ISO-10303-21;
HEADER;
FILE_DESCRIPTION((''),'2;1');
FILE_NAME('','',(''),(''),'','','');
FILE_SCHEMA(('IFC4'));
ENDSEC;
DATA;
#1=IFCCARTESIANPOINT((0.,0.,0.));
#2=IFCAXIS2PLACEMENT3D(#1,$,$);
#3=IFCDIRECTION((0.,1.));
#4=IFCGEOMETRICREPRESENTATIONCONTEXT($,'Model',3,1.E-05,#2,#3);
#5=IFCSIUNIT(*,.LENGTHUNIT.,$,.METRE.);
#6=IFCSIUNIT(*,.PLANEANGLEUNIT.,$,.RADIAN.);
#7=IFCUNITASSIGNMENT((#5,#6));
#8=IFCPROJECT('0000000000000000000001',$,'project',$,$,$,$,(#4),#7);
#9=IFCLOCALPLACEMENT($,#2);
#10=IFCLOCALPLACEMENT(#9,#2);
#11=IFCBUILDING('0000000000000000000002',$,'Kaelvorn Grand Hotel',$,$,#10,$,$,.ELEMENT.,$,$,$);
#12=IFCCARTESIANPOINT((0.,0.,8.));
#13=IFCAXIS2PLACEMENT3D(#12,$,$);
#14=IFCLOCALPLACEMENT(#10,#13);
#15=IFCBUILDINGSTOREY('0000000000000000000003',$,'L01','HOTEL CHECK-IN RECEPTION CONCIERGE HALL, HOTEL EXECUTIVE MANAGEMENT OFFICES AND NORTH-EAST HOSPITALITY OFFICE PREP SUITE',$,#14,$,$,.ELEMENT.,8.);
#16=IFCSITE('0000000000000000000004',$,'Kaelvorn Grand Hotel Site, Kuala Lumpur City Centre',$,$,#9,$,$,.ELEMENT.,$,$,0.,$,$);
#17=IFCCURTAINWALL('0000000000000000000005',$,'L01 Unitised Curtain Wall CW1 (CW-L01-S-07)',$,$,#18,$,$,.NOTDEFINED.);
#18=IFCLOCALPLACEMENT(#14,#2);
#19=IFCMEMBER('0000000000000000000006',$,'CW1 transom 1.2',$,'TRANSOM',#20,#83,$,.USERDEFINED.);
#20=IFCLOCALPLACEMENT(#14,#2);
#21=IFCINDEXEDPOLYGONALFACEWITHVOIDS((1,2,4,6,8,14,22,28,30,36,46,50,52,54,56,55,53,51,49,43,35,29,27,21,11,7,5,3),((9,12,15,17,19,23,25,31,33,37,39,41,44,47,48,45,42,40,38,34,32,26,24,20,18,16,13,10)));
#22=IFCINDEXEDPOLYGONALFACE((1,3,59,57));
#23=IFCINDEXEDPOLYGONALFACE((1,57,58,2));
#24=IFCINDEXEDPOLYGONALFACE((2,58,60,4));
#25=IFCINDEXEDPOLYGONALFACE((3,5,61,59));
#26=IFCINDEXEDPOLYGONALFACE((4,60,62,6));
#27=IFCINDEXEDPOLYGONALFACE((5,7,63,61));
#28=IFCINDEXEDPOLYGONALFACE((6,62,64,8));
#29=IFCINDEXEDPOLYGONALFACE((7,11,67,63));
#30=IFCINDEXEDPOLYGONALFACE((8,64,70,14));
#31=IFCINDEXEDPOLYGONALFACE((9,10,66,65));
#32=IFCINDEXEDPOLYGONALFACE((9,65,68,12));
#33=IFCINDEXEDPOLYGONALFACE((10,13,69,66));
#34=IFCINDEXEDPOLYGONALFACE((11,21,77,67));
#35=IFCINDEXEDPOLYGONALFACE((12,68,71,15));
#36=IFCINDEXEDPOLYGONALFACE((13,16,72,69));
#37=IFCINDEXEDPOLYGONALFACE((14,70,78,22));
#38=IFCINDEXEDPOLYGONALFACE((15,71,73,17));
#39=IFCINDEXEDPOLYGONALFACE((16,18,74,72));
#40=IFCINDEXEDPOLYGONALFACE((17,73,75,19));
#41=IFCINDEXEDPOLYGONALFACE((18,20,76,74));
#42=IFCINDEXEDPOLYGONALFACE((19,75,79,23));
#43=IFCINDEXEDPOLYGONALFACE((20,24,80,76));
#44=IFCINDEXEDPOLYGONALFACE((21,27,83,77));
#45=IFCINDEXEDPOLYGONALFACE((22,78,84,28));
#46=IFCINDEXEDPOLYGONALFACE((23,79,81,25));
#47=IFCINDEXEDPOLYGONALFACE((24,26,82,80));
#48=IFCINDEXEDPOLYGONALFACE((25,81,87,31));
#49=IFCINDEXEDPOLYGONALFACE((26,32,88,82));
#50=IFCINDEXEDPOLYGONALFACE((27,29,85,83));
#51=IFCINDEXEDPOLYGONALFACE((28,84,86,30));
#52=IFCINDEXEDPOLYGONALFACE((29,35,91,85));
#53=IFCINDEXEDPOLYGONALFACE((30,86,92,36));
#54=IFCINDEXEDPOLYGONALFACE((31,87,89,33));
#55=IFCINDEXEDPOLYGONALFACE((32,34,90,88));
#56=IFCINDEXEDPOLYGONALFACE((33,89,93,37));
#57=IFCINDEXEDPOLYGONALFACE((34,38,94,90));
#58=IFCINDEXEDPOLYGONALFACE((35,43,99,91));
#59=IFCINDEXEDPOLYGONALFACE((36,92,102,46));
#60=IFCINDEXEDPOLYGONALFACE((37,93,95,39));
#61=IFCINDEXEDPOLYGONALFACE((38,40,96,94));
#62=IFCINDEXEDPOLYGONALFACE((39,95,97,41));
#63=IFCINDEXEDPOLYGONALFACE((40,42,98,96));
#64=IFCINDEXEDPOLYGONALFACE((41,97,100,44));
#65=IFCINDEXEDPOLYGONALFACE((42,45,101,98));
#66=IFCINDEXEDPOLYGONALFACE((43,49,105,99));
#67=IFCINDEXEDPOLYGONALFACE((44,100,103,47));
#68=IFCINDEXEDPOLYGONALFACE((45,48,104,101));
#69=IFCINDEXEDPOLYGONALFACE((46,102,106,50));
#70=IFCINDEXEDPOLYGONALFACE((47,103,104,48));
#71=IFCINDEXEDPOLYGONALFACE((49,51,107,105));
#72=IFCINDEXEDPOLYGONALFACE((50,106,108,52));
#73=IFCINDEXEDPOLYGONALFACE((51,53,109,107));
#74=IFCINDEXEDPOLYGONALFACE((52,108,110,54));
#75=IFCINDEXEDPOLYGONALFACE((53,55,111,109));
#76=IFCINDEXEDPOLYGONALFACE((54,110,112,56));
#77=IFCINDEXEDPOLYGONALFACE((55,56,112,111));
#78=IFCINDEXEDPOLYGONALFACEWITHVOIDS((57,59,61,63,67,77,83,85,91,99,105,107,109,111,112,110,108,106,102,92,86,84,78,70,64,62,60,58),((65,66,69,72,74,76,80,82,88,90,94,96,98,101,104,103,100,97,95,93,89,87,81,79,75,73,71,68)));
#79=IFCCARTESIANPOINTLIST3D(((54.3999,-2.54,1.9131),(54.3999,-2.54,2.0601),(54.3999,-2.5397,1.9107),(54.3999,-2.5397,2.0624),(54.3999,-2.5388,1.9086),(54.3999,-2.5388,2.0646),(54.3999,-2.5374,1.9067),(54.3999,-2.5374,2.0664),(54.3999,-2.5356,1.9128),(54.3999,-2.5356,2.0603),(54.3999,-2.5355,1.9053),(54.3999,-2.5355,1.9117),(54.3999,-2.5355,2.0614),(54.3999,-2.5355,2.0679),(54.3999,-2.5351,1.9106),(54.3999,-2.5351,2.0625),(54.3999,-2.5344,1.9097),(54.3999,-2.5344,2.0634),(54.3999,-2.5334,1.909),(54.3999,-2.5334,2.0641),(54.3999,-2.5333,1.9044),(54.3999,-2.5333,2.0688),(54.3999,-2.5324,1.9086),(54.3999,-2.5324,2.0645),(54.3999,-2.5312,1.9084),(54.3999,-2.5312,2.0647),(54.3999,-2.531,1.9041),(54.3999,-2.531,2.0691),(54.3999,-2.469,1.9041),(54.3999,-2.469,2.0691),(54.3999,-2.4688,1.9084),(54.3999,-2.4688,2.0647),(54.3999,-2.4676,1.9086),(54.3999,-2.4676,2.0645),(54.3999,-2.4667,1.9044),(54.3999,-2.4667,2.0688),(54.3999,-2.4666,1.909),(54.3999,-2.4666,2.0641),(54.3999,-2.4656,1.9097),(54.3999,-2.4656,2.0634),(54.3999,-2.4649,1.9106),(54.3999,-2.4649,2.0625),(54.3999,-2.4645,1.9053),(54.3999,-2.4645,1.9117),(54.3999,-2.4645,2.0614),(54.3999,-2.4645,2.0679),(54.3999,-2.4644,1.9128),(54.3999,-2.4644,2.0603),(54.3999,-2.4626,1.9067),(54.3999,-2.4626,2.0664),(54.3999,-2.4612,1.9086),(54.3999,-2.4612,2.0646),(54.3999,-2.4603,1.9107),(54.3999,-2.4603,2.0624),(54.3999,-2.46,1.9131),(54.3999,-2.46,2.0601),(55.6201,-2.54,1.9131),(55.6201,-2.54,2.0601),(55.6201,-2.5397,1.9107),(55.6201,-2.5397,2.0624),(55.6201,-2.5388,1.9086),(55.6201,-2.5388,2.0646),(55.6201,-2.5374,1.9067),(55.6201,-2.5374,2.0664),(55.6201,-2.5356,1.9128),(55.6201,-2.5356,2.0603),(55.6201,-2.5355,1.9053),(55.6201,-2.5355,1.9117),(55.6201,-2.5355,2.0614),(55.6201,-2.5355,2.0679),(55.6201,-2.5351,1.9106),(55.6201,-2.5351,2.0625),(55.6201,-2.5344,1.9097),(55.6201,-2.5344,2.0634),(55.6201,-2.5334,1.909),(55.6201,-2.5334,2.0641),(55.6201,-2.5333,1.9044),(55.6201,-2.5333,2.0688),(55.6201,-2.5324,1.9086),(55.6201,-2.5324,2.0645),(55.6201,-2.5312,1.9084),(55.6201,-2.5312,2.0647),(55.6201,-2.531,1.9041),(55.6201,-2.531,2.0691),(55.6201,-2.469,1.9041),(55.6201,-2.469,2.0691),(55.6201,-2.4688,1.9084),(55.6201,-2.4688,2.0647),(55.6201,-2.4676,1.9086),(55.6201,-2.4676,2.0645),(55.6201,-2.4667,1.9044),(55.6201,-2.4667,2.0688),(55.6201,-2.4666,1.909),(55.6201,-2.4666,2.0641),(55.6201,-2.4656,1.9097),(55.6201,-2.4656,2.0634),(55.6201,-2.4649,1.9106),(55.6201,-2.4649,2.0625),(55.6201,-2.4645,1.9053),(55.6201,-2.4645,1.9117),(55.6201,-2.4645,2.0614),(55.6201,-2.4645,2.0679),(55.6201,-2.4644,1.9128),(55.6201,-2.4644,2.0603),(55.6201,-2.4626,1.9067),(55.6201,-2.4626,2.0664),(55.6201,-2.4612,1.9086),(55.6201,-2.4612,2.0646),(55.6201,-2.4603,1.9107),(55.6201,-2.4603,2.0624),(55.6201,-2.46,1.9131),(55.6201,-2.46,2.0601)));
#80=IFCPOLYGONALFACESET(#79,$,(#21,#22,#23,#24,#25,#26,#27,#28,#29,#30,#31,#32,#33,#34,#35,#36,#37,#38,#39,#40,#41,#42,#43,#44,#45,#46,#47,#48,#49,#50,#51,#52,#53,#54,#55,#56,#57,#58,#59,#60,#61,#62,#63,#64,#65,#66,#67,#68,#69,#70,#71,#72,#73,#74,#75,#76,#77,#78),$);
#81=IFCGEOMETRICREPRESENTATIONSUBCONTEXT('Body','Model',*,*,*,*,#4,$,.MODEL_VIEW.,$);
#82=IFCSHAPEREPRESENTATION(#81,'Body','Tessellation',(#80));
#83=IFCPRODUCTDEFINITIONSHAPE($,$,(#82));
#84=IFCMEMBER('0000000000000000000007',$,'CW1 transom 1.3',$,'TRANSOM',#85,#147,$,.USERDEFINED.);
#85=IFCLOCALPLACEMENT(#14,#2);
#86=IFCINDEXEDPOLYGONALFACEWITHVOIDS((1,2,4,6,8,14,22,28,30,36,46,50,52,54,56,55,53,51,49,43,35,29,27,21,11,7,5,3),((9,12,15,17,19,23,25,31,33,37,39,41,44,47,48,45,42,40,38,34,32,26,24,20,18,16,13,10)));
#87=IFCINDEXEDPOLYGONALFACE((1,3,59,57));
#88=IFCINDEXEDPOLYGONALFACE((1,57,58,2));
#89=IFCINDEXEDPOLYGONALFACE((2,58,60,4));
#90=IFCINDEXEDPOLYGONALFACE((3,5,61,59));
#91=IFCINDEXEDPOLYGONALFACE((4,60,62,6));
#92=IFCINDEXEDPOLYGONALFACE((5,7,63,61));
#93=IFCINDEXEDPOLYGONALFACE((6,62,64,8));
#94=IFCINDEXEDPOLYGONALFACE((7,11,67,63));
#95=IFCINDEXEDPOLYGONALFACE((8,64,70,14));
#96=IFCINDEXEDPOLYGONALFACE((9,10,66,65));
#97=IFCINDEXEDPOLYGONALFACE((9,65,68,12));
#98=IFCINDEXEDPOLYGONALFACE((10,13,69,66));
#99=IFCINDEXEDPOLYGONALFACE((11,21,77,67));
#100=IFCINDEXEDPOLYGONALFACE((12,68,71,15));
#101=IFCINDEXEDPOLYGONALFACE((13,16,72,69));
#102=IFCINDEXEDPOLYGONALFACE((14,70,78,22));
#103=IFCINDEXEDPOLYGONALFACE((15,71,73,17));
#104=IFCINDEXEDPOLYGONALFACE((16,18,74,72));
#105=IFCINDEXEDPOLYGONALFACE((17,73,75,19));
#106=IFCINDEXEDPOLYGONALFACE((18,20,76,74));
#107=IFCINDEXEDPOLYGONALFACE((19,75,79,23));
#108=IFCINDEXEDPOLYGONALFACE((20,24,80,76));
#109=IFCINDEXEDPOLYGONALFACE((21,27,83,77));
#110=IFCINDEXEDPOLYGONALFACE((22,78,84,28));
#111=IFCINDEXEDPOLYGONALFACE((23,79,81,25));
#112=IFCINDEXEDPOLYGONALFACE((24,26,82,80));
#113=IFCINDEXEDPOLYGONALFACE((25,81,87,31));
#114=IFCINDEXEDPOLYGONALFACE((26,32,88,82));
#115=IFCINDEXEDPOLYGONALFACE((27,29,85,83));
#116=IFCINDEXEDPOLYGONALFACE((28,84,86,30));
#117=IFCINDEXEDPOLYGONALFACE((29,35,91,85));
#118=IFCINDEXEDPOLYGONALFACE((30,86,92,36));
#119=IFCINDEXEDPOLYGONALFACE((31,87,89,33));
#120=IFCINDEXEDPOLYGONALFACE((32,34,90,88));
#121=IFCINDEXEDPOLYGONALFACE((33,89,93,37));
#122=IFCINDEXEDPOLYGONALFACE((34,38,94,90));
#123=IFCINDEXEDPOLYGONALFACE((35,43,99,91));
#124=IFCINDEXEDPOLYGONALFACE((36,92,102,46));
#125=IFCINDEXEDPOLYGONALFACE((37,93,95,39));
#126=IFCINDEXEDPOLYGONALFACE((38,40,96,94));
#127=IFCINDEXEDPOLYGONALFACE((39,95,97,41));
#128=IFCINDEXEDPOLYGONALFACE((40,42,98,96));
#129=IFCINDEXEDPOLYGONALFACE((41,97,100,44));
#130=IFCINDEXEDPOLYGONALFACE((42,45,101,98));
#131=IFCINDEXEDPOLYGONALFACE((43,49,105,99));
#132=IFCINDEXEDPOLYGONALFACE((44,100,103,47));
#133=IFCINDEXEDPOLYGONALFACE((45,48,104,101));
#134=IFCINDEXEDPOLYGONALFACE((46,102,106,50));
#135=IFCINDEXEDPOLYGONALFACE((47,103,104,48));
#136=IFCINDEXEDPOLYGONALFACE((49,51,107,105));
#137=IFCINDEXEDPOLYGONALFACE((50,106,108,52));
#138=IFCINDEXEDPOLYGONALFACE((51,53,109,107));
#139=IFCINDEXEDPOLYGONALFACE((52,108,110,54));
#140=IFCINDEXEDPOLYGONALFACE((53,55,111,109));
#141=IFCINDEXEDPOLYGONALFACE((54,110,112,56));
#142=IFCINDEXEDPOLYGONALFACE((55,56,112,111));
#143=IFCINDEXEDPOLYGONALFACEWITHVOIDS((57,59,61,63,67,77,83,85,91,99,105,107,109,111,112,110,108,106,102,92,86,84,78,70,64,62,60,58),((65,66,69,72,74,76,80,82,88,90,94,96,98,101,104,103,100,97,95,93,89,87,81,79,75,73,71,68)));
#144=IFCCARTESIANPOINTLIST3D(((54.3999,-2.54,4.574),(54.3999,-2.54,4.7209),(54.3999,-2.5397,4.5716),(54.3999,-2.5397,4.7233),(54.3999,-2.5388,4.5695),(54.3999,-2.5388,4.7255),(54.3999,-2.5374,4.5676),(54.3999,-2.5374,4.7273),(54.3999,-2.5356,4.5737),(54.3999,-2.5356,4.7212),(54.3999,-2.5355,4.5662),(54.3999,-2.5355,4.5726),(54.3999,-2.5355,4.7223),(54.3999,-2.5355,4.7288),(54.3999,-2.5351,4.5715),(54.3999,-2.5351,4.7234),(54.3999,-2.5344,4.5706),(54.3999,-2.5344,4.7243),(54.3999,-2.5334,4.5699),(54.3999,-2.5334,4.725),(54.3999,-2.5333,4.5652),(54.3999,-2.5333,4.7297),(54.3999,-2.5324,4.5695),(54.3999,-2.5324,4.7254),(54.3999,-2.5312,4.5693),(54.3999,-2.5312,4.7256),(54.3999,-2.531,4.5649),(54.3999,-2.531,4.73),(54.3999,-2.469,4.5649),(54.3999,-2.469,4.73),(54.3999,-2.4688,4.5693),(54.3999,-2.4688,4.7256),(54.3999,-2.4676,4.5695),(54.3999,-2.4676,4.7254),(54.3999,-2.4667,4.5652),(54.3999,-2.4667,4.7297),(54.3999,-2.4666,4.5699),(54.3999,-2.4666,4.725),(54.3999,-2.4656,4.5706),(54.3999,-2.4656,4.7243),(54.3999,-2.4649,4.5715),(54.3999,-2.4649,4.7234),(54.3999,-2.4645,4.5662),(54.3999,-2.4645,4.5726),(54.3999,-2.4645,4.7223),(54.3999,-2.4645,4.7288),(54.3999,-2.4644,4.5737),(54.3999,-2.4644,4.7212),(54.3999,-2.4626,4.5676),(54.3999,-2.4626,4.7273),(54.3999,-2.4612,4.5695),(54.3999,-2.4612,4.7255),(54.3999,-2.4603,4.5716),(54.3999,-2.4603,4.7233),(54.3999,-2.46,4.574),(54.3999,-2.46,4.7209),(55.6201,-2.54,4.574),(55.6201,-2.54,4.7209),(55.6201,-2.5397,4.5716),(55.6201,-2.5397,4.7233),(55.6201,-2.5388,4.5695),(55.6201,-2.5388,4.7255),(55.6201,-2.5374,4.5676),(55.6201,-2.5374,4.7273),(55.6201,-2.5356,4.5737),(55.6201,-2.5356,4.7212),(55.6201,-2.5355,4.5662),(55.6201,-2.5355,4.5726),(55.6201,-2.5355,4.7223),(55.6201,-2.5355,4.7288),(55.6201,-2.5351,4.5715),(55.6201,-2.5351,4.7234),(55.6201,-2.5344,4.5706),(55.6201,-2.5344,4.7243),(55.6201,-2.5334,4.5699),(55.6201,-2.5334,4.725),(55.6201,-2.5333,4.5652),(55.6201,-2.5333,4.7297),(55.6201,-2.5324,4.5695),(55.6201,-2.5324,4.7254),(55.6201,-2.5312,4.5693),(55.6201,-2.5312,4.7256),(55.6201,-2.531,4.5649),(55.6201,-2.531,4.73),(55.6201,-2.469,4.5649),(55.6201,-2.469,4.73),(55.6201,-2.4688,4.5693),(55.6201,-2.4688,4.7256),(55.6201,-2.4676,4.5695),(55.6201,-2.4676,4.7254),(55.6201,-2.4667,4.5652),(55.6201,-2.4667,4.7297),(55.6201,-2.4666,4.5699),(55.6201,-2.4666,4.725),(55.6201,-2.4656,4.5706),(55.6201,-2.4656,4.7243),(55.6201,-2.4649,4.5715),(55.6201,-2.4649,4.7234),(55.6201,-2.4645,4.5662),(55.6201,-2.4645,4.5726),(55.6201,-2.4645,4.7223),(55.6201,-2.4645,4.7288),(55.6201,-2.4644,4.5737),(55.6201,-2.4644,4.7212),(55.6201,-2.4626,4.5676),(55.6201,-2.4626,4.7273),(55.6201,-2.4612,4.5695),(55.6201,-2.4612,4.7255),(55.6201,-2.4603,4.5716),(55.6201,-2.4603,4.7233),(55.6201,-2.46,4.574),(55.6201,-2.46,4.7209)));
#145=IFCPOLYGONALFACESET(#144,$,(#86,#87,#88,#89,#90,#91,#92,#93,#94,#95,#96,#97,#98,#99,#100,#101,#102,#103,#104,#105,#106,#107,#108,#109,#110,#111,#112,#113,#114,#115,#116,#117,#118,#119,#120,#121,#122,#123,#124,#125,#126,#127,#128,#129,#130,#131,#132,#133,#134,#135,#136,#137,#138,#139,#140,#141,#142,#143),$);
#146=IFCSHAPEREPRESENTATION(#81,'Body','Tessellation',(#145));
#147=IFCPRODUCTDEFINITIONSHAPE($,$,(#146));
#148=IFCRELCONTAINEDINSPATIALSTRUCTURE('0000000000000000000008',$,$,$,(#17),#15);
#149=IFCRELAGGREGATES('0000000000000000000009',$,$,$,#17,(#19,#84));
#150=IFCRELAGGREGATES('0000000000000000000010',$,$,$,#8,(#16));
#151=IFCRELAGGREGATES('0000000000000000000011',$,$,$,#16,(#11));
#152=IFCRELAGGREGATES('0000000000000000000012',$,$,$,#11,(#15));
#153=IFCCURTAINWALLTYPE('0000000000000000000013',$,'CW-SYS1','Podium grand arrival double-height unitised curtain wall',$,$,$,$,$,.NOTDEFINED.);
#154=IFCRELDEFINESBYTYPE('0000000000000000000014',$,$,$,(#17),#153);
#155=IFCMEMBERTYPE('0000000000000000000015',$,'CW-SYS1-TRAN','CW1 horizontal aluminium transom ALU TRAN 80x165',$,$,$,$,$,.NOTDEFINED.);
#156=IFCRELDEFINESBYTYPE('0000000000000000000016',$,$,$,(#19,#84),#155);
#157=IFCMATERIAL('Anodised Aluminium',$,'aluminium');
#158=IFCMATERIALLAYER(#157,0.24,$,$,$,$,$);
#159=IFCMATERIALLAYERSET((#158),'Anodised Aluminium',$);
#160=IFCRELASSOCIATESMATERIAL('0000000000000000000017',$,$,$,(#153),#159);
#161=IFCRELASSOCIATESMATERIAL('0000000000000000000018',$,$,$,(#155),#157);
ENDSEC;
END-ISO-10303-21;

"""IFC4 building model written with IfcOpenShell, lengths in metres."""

from ifc_helpers import new_model, si_unit, direction, frame, origin, origin_2d, place, context, subcontext, project, spatial, hollow_rectangle, extrude, material, layer, layer_set, material_profile, profile_set, type_object, element, aggregate, save


model = new_model("IFC4")

# Units and contexts
model_context = context("Model", 3, precision=1e-05, world=origin(), true_north=direction((0.0, 1.0)))
body_context = subcontext(model_context, "Body", "Model", "MODEL_VIEW")
ifc_project = project(units=[si_unit("LENGTHUNIT", "METRE"), si_unit("PLANEANGLEUNIT", "RADIAN")], contexts=[model_context])

# Site, building, storey
site_placement = place(None, origin())
site = spatial("IfcSite", under=ifc_project, at=site_placement, Name="Kaelvorn Grand Hotel Site, Kuala Lumpur City Centre", CompositionType="ELEMENT", RefElevation=0.0)
building_placement = place(site_placement, origin())
building = spatial("IfcBuilding", under=site, at=building_placement, Name="Kaelvorn Grand Hotel", CompositionType="ELEMENT")
storey_placement = place(building_placement, frame((0.0, 0.0, 8.0)))
storey = spatial("IfcBuildingStorey", under=building, at=storey_placement, Name="L01", Description="HOTEL CHECK-IN RECEPTION CONCIERGE HALL, HOTEL EXECUTIVE MANAGEMENT OFFICES AND NORTH-EAST HOSPITALITY OFFICE PREP SUITE", CompositionType="ELEMENT", Elevation=8.0)

# Curtain wall
ifc_material_1 = material(Name="Anodised Aluminium", Category="aluminium")
ifc_layer_1 = layer(ifc_material_1, 0.24)
ifc_layer_set_1 = layer_set([ifc_layer_1], Name="Anodised Aluminium")
curtain_wall_type = type_object("IfcCurtainWallType", Name="CW-SYS1", Description="Podium grand arrival double-height unitised curtain wall", PredefinedType="NOTDEFINED", material=ifc_layer_set_1)
curtain_wall_1_placement = place(storey_placement, origin())
curtain_wall_1 = element("IfcCurtainWall", 1, at=curtain_wall_1_placement, inside=storey, type_object=curtain_wall_type, Name="L01 Unitised Curtain Wall CW1 (CW-L01-S-07)", PredefinedType="NOTDEFINED")

# Members
ifc_material_profile_1 = material_profile(ifc_material_1, hollow_rectangle(XDim=0.0801, YDim=0.165, WallThickness=0.0044, InnerFilletRadius=0.0044, OuterFilletRadius=0.009, at=origin_2d()), Name="ALU TRAN 80x165")
ifc_profile_set_1 = profile_set([ifc_material_profile_1], Name="Anodised Aluminium")
member_type_1 = type_object("IfcMemberType", Name="CW-SYS1-TRAN", Description="CW1 horizontal aluminium transom ALU TRAN 80x165", PredefinedType="NOTDEFINED", material=ifc_profile_set_1)
member_1_placement = place(storey_placement, frame((54.3999, -2.5, 1.9866), z_axis=(1.0, 0.0, 0.0), x_axis=(0.0, 1.0, 0.0)))
member_1 = element("IfcMember", 2, at=member_1_placement, type_object=member_type_1, Name="CW1 transom 1.2", ObjectType="TRANSOM", PredefinedType="USERDEFINED", context=body_context, shape_type="SweptSolid", body=[
    extrude(hollow_rectangle(XDim=0.0801, YDim=0.165, WallThickness=0.0044, InnerFilletRadius=0.0044, OuterFilletRadius=0.009, at=origin_2d()), origin(), (0.0, 0.0, 1.0), 1.2202),
])
member_2_placement = place(storey_placement, frame((54.3999, -2.5, 4.6475), z_axis=(1.0, 0.0, 0.0), x_axis=(0.0, 1.0, 0.0)))
member_2 = element("IfcMember", 3, at=member_2_placement, type_object=member_type_1, Name="CW1 transom 1.3", ObjectType="TRANSOM", PredefinedType="USERDEFINED", context=body_context, shape_type="SweptSolid", body=[
    extrude(hollow_rectangle(XDim=0.0801, YDim=0.165, WallThickness=0.0044, InnerFilletRadius=0.0044, OuterFilletRadius=0.009, at=origin_2d()), origin(), (0.0, 0.0, 1.0), 1.2202),
])

aggregate(curtain_wall_1, [member_1, member_2])

save(model, "model.ifc")
